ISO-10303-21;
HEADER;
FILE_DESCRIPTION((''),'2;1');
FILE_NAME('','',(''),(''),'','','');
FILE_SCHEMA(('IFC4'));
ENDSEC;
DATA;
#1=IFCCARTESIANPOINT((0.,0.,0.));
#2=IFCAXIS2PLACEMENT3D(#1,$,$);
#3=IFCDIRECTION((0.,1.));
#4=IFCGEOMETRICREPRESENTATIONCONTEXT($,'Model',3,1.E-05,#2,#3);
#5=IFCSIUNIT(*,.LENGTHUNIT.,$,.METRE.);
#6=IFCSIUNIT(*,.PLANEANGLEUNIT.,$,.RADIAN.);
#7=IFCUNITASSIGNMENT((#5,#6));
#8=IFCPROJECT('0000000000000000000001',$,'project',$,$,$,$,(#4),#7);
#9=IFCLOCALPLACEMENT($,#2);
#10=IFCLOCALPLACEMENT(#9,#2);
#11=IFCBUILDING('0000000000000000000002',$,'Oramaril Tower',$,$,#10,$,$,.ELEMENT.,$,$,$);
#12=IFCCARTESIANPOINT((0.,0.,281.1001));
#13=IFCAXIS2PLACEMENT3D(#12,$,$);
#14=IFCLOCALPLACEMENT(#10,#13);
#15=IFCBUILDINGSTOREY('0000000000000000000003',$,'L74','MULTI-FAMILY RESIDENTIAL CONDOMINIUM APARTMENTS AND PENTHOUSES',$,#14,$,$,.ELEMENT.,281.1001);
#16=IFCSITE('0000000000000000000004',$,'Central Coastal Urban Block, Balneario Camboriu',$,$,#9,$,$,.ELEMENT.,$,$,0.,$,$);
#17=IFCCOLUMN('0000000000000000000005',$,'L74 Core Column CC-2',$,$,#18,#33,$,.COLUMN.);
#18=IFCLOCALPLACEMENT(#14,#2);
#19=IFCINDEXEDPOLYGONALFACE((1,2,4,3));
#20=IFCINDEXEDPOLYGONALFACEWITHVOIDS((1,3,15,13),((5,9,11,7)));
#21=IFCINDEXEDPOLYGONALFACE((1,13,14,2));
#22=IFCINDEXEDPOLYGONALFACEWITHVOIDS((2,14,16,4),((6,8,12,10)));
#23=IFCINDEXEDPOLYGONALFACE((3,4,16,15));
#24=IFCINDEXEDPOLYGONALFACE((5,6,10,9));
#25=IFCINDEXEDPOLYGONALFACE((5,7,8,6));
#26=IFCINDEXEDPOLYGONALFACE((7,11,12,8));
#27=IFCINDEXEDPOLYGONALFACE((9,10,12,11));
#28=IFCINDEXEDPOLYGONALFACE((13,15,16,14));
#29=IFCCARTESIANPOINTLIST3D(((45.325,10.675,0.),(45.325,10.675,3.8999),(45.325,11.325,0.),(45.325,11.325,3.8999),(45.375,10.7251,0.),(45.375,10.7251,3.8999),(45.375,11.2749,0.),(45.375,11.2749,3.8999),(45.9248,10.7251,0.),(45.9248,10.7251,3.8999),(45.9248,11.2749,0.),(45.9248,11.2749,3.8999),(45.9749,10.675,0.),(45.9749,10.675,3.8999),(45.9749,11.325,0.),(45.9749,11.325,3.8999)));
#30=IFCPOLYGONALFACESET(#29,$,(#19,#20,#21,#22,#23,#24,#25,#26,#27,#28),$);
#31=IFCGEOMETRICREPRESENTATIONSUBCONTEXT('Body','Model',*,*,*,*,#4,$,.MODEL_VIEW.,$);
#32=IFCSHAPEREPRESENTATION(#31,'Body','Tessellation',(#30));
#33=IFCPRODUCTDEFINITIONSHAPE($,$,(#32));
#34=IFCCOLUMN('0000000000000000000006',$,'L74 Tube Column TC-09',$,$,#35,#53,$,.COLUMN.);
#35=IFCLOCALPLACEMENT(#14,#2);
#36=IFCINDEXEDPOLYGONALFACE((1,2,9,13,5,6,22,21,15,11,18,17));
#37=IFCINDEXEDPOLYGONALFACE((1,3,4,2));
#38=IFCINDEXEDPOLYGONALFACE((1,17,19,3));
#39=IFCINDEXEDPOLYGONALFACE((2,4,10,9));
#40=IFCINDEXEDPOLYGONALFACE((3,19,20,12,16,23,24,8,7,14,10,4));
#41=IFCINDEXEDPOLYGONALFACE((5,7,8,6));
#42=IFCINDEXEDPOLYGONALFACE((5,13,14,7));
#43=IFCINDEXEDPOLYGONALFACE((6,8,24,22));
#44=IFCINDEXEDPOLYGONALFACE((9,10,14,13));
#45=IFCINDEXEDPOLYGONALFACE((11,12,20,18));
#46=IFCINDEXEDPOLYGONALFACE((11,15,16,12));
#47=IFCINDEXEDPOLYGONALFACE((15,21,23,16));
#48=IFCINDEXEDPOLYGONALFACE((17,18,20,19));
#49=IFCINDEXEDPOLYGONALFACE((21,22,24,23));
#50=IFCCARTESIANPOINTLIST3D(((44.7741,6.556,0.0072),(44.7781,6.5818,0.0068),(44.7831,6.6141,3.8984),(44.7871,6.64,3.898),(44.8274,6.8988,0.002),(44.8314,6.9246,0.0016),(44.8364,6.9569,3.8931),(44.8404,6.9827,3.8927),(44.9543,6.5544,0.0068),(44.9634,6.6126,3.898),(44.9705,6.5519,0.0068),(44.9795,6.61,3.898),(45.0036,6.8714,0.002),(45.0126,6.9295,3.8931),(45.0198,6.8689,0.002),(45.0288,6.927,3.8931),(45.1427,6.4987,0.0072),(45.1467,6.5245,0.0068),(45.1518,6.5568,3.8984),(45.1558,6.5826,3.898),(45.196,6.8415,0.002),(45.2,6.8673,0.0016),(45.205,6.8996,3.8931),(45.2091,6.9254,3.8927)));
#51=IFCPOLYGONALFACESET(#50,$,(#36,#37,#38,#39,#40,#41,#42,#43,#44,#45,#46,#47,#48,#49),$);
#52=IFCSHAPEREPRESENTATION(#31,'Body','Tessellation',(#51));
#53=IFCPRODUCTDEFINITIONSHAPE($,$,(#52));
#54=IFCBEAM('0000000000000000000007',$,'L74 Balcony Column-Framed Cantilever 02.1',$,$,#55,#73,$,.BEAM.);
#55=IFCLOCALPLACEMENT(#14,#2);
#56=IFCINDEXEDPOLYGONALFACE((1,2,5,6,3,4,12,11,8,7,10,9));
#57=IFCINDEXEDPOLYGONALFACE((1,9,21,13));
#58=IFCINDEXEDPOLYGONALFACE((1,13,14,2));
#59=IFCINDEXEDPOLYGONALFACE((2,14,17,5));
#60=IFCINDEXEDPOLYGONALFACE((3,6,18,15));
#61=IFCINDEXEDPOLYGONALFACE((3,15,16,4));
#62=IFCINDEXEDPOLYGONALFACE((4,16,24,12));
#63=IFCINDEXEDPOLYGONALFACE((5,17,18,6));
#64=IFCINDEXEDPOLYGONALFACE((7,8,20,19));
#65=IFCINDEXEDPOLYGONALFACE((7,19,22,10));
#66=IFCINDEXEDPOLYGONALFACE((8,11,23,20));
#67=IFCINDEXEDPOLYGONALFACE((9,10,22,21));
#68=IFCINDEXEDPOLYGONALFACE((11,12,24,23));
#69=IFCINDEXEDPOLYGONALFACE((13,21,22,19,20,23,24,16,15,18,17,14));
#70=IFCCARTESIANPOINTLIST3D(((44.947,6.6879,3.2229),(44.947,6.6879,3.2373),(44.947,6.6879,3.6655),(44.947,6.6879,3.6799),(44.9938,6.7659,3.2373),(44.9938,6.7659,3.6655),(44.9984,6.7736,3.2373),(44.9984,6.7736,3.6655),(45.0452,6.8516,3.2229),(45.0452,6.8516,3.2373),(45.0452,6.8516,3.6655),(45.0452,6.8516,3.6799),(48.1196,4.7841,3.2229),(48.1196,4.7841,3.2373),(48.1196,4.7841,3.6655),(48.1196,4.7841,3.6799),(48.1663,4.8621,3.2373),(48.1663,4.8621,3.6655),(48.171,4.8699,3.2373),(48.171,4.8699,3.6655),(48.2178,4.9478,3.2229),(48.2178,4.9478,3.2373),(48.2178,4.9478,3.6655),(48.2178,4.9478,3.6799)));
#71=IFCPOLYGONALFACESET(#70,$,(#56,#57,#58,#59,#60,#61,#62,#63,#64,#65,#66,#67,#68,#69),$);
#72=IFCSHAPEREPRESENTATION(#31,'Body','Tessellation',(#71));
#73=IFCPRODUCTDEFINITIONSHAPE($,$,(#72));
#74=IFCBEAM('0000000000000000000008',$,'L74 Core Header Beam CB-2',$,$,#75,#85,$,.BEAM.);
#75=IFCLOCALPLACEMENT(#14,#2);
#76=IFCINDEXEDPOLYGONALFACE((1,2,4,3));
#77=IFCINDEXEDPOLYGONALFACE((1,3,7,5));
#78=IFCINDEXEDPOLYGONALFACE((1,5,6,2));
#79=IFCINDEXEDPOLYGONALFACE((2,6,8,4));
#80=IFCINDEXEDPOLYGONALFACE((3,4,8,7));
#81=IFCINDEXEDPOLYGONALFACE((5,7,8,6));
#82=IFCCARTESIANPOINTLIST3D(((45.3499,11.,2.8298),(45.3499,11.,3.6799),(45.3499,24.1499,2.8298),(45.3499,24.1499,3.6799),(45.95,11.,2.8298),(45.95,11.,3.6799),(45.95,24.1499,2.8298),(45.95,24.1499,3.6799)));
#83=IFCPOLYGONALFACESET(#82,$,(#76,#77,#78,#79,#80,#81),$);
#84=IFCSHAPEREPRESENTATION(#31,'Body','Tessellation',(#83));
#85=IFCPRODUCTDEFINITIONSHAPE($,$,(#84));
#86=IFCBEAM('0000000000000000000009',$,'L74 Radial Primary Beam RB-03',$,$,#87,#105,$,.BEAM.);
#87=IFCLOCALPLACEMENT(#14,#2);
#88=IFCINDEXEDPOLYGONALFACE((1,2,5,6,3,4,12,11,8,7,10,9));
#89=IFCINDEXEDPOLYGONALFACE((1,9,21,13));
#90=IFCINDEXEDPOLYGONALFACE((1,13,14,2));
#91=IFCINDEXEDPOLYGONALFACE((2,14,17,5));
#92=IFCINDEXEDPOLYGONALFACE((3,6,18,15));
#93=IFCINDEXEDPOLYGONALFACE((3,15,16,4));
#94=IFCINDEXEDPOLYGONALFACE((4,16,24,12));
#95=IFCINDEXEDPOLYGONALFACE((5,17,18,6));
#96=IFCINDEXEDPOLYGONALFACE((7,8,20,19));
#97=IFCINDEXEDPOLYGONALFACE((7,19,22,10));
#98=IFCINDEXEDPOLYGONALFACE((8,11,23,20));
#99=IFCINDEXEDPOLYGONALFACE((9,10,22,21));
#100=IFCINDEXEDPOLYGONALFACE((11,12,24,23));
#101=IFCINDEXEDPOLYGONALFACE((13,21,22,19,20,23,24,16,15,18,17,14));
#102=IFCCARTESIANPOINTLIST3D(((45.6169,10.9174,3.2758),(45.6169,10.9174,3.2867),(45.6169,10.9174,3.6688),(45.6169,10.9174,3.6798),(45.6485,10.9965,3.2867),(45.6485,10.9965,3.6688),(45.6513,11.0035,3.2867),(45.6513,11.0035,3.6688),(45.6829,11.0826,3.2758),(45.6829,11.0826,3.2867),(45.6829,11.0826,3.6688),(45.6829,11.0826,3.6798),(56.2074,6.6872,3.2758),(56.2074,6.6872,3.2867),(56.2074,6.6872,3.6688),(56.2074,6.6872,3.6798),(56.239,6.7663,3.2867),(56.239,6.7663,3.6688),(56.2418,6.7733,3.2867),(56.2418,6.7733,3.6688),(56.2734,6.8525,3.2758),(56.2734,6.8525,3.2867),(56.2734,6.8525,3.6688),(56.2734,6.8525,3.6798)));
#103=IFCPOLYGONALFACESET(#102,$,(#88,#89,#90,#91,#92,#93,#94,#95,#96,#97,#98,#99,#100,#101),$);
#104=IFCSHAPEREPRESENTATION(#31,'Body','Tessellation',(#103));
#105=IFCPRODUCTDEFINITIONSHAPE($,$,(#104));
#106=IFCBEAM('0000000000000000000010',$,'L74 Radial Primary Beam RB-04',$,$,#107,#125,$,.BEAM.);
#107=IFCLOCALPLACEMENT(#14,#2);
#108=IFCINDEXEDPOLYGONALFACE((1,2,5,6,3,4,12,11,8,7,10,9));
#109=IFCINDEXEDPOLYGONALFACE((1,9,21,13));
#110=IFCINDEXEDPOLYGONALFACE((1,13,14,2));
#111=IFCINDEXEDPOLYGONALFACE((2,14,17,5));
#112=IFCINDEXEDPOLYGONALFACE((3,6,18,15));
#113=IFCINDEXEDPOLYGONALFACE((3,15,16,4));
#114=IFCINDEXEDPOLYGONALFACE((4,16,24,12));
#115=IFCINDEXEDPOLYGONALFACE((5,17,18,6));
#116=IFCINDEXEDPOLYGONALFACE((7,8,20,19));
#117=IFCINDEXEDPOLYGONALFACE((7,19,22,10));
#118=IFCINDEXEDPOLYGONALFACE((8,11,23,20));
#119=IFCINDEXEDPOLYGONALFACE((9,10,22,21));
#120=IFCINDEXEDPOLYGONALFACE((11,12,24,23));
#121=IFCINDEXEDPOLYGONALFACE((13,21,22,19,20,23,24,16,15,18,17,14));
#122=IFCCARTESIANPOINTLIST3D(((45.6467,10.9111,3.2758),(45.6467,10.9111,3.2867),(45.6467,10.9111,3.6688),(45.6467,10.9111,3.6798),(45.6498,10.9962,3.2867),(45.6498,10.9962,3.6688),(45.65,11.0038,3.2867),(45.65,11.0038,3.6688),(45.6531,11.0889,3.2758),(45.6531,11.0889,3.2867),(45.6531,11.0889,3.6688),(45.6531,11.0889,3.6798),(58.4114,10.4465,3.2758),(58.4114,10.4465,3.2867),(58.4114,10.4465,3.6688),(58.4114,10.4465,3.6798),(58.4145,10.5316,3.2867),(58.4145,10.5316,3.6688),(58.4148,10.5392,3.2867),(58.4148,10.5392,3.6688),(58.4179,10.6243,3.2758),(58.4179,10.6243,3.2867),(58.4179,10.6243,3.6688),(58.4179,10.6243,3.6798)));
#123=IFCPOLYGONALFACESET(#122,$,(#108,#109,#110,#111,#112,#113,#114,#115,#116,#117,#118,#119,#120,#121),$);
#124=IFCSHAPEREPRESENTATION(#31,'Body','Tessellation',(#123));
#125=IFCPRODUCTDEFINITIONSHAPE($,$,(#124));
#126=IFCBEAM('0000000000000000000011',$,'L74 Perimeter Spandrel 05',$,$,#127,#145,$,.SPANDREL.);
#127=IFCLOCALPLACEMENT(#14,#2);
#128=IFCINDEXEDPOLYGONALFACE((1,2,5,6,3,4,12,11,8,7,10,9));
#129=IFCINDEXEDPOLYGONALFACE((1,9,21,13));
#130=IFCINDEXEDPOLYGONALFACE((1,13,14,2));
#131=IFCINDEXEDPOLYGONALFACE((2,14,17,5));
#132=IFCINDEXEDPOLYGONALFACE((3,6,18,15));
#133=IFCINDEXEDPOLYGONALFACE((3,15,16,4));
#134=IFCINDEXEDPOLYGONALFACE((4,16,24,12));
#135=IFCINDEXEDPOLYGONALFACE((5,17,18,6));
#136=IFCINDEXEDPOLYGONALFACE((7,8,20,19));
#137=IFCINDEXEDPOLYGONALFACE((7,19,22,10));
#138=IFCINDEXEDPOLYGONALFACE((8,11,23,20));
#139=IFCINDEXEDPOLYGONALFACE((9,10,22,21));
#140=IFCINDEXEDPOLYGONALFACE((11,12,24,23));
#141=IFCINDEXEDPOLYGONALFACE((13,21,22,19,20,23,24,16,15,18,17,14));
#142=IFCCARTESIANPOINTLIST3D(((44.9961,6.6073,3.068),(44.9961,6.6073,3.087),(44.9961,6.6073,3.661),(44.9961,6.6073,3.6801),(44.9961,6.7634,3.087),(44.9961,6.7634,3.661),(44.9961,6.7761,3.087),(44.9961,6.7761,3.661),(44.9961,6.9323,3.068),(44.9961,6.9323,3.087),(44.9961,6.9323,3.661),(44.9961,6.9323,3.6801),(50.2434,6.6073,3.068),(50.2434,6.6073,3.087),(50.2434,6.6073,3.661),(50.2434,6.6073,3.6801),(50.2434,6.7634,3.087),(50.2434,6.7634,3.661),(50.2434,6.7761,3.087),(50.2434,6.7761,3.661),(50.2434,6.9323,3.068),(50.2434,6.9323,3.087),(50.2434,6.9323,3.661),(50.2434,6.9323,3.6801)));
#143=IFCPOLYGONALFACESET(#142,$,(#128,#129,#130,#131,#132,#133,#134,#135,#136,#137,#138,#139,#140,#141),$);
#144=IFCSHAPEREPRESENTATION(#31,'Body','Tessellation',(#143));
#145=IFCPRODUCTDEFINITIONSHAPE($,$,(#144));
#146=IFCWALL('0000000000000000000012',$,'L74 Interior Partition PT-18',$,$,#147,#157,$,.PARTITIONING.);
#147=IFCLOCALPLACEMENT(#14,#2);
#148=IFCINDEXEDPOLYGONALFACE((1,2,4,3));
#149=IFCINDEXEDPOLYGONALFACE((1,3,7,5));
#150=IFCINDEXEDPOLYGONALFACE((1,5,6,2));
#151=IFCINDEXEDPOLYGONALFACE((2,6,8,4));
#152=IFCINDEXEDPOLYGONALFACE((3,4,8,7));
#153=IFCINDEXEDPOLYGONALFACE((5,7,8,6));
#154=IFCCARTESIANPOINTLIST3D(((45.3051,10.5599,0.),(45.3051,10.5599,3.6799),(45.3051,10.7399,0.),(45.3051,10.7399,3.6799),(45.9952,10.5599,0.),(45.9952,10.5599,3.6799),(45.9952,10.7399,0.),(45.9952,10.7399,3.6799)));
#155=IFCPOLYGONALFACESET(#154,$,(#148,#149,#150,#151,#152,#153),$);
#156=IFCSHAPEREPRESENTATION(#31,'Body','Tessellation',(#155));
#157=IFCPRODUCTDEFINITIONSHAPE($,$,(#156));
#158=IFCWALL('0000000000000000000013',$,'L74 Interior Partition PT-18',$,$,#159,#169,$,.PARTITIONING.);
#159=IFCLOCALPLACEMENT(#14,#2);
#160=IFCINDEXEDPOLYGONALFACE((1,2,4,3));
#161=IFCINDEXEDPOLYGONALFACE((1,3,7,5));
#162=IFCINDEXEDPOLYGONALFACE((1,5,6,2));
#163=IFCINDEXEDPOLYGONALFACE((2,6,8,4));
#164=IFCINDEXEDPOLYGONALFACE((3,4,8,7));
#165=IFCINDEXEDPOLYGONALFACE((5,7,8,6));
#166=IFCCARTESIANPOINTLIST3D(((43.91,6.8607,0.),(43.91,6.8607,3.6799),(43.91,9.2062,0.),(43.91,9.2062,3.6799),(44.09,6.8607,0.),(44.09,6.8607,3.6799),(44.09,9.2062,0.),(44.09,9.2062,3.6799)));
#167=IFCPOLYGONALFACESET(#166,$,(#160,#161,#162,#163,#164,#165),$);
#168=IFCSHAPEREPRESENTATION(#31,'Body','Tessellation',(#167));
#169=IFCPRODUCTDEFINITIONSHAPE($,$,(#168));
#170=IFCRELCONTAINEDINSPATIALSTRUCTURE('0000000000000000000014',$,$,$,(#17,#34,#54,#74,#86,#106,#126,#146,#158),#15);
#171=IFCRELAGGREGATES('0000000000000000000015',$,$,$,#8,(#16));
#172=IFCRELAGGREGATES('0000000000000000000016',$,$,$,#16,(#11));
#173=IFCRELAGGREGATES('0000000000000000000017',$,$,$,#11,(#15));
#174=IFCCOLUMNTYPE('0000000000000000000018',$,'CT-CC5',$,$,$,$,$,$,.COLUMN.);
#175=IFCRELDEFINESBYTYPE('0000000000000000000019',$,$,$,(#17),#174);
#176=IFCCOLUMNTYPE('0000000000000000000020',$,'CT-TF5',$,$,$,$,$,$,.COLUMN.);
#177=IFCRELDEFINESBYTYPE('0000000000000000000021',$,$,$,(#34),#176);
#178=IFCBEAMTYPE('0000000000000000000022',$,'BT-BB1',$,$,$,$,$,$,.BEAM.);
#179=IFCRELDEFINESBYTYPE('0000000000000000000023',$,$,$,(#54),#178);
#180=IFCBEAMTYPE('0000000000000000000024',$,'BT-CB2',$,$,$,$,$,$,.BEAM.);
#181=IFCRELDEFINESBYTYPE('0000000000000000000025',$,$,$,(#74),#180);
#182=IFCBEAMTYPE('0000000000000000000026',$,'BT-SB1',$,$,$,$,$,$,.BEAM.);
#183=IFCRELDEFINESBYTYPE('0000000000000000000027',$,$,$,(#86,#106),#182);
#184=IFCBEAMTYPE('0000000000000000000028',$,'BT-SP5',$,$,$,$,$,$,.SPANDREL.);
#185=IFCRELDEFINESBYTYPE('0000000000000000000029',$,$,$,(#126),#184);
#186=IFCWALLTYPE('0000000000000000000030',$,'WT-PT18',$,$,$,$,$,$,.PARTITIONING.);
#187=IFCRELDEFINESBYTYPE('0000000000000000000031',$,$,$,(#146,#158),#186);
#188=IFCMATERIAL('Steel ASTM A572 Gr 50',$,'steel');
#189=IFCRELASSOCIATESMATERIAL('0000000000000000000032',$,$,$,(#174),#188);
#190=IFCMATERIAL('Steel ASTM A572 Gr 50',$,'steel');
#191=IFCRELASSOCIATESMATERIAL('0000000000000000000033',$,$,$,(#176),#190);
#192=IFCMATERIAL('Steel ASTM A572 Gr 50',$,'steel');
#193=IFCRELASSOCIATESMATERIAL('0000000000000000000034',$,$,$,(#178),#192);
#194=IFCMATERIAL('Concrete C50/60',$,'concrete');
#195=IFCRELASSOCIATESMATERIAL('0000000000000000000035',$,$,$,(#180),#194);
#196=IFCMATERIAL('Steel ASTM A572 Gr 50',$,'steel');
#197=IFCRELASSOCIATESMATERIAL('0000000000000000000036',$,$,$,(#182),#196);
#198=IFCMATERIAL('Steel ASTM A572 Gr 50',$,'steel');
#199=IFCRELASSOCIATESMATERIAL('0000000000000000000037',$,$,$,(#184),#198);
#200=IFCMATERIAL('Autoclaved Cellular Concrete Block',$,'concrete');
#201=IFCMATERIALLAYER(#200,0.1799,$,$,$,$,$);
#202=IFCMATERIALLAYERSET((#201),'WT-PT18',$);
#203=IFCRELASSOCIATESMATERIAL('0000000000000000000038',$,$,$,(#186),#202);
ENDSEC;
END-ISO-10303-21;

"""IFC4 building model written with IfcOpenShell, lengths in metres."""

from ifc_helpers import new_model, si_unit, direction, frame, frame_2d, origin, origin_2d, place, context, subcontext, project, spatial, rectangle, hollow_rectangle, i_section, extrude, material, layer, layer_set, material_profile, profile_set, type_object, element, save


model = new_model("IFC4")

# Units and contexts
model_context = context("Model", 3, precision=1e-05, world=origin(), true_north=direction((0.0, 1.0)))
body_context = subcontext(model_context, "Body", "Model", "MODEL_VIEW")
ifc_project = project(units=[si_unit("LENGTHUNIT", "METRE"), si_unit("PLANEANGLEUNIT", "RADIAN")], contexts=[model_context])

# Site, building, storey
site_placement = place(None, origin())
site = spatial("IfcSite", under=ifc_project, at=site_placement, Name="Central Coastal Urban Block, Balneario Camboriu", CompositionType="ELEMENT", RefElevation=0.0)
building_placement = place(site_placement, origin())
building = spatial("IfcBuilding", under=site, at=building_placement, Name="Oramaril Tower", CompositionType="ELEMENT")
storey_placement = place(building_placement, frame((0.0, 0.0, 281.1001)))
storey = spatial("IfcBuildingStorey", under=building, at=storey_placement, Name="L74", Description="MULTI-FAMILY RESIDENTIAL CONDOMINIUM APARTMENTS AND PENTHOUSES", CompositionType="ELEMENT", Elevation=281.1001)

# Columns
ifc_material_1 = material(Name="Steel ASTM A572 Gr 50", Category="steel")
ifc_material_profile_1 = material_profile(ifc_material_1, hollow_rectangle(XDim=0.6499, YDim=0.6499, WallThickness=0.05, at=origin_2d()), Name="BOX650X650X50")
ifc_profile_set_1 = profile_set([ifc_material_profile_1], Name="Steel ASTM A572 Gr 50")
column_type_1 = type_object("IfcColumnType", Name="CT-CC5", PredefinedType="COLUMN", material=ifc_profile_set_1)
column_1_placement = place(storey_placement, frame((45.6499, 11.0, 0.0), z_axis=(0.0, 0.0, 1.0), x_axis=(1.0, 0.0, 0.0)))
element("IfcColumn", 1, at=column_1_placement, inside=storey, type_object=column_type_1, Name="L74 Core Column CC-2", PredefinedType="COLUMN", context=body_context, shape_type="SweptSolid", body=[
    extrude(hollow_rectangle(XDim=0.6499, YDim=0.6499, WallThickness=0.05, at=origin_2d()), origin(), (0.0, 0.0, 1.0), 3.8999),
])
ifc_material_2 = material(Name="Steel ASTM A572 Gr 50", Category="steel")
ifc_material_profile_2 = material_profile(ifc_material_2, i_section(OverallWidth=0.373, OverallDepth=0.373, WebThickness=0.0164, FlangeThickness=0.0261, at=origin_2d()), Name="W14X132")
ifc_profile_set_2 = profile_set([ifc_material_profile_2], Name="Steel ASTM A572 Gr 50")
column_type_2 = type_object("IfcColumnType", Name="CT-TF5", PredefinedType="COLUMN", material=ifc_profile_set_2)
column_2_placement = place(storey_placement, frame((44.9871, 6.7117, 0.0044), z_axis=(0.002321, 0.014931, 0.999886), x_axis=(-0.98813, 0.153617, 0.0)))
element("IfcColumn", 2, at=column_2_placement, inside=storey, type_object=column_type_2, Name="L74 Tube Column TC-09", PredefinedType="COLUMN", context=body_context, shape_type="SweptSolid", body=[
    extrude(i_section(OverallWidth=0.373, OverallDepth=0.373, WebThickness=0.0164, FlangeThickness=0.0261, at=origin_2d()), origin(), (0.0, 0.0, 1.0), 3.8916),
])

# Beams
ifc_material_3 = material(Name="Steel ASTM A572 Gr 50", Category="steel")
ifc_material_profile_3 = material_profile(ifc_material_3, i_section(OverallWidth=0.1909, OverallDepth=0.457, WebThickness=0.009, FlangeThickness=0.0144, at=origin_2d()), Name="W18X50")
ifc_profile_set_3 = profile_set([ifc_material_profile_3], Name="Steel ASTM A572 Gr 50")
beam_type_1 = type_object("IfcBeamType", Name="BT-BB1", PredefinedType="BEAM", material=ifc_profile_set_3)
beam_1_placement = place(storey_placement, frame((44.9961, 6.7698, 3.4514), z_axis=(0.857464, -0.514544, 0.0), x_axis=(0.514544, 0.857464, 0.0)))
element("IfcBeam", 3, at=beam_1_placement, inside=storey, type_object=beam_type_1, Name="L74 Balcony Column-Framed Cantilever 02.1", PredefinedType="BEAM", context=body_context, shape_type="SweptSolid", body=[
    extrude(i_section(OverallWidth=0.1909, OverallDepth=0.457, WebThickness=0.009, FlangeThickness=0.0144, at=origin_2d()), origin(), (0.0, 0.0, 1.0), 3.7),
])
ifc_material_4 = material(Name="Concrete C50/60", Category="concrete")
ifc_material_profile_4 = material_profile(ifc_material_4, rectangle(XDim=0.6001, YDim=0.8501, at=origin_2d()), Name="CB600X850")
ifc_profile_set_4 = profile_set([ifc_material_profile_4], Name="Concrete C50/60")
beam_type_2 = type_object("IfcBeamType", Name="BT-CB2", PredefinedType="BEAM", material=ifc_profile_set_4)
beam_2_placement = place(storey_placement, frame((45.6499, 11.0, 3.2549), z_axis=(0.0, 1.0, 0.0), x_axis=(-1.0, 0.0, 0.0)))
element("IfcBeam", 4, at=beam_2_placement, inside=storey, type_object=beam_type_2, Name="L74 Core Header Beam CB-2", PredefinedType="BEAM", context=body_context, shape_type="SweptSolid", body=[
    extrude(rectangle(XDim=0.6001, YDim=0.8501, at=origin_2d()), origin(), (0.0, 0.0, 1.0), 13.1499),
])
ifc_material_5 = material(Name="Steel ASTM A572 Gr 50", Category="steel")
ifc_material_profile_5 = material_profile(ifc_material_5, i_section(OverallWidth=0.178, OverallDepth=0.4041, WebThickness=0.0076, FlangeThickness=0.011, at=origin_2d()), Name="W16X36")
ifc_profile_set_5 = profile_set([ifc_material_profile_5], Name="Steel ASTM A572 Gr 50")
beam_type_3 = type_object("IfcBeamType", Name="BT-SB1", PredefinedType="BEAM", material=ifc_profile_set_5)
beam_3_placement = place(storey_placement, frame((45.6499, 11.0, 3.4778), z_axis=(0.928658, -0.370937, 0.0), x_axis=(0.370937, 0.928658, 0.0)))
element("IfcBeam", 5, at=beam_3_placement, inside=storey, type_object=beam_type_3, Name="L74 Radial Primary Beam RB-03", PredefinedType="BEAM", context=body_context, shape_type="SweptSolid", body=[
    extrude(i_section(OverallWidth=0.178, OverallDepth=0.4041, WebThickness=0.0076, FlangeThickness=0.011, at=origin_2d()), origin(), (0.0, 0.0, 1.0), 11.4041),
])
beam_4_placement = place(storey_placement, frame((45.6499, 11.0, 3.4778), z_axis=(0.999338, -0.036373, 0.0), x_axis=(0.036373, 0.999338, 0.0)))
element("IfcBeam", 6, at=beam_4_placement, inside=storey, type_object=beam_type_3, Name="L74 Radial Primary Beam RB-04", PredefinedType="BEAM", context=body_context, shape_type="SweptSolid", body=[
    extrude(i_section(OverallWidth=0.178, OverallDepth=0.4041, WebThickness=0.0076, FlangeThickness=0.011, at=origin_2d()), origin(), (0.0, 0.0, 1.0), 12.7732),
])
ifc_material_6 = material(Name="Steel ASTM A572 Gr 50", Category="steel")
ifc_material_profile_6 = material_profile(ifc_material_6, i_section(OverallWidth=0.325, OverallDepth=0.6121, WebThickness=0.0127, FlangeThickness=0.019, at=origin_2d()), Name="W24X104")
ifc_profile_set_6 = profile_set([ifc_material_profile_6], Name="Steel ASTM A572 Gr 50")
beam_type_4 = type_object("IfcBeamType", Name="BT-SP5", PredefinedType="SPANDREL", material=ifc_profile_set_6)
beam_5_placement = place(storey_placement, frame((44.9961, 6.7698, 3.374), z_axis=(1.0, 0.0, 0.0), x_axis=(0.0, 1.0, 0.0)))
element("IfcBeam", 7, at=beam_5_placement, inside=storey, type_object=beam_type_4, Name="L74 Perimeter Spandrel 05", PredefinedType="SPANDREL", context=body_context, shape_type="SweptSolid", body=[
    extrude(i_section(OverallWidth=0.325, OverallDepth=0.6121, WebThickness=0.0127, FlangeThickness=0.019, at=origin_2d()), origin(), (0.0, 0.0, 1.0), 5.2473),
])

# Walls
ifc_material_7 = material(Name="Autoclaved Cellular Concrete Block", Category="concrete")
ifc_layer_1 = layer(ifc_material_7, 0.1799)
ifc_layer_set_1 = layer_set([ifc_layer_1], Name="WT-PT18")
wall_type_1 = type_object("IfcWallType", Name="WT-PT18", PredefinedType="PARTITIONING", material=ifc_layer_set_1)
wall_1_placement = place(storey_placement, frame((45.3049, 10.6499, 0.0), z_axis=(0.0, 0.0, 1.0), x_axis=(1.0, 0.0, 0.0)))
element("IfcWall", 8, at=wall_1_placement, inside=storey, type_object=wall_type_1, Name="L74 Interior Partition PT-18", PredefinedType="PARTITIONING", context=body_context, shape_type="SweptSolid", body=[
    extrude(rectangle(XDim=0.6902, YDim=0.1799, at=frame_2d((0.3452, 0.0))), origin(), (0.0, 0.0, 1.0), 3.6799),
])
wall_2_placement = place(storey_placement, frame((44.0, 6.8606, 0.0), z_axis=(0.0, 0.0, 1.0), x_axis=(0.0, 1.0, 0.0)))
element("IfcWall", 9, at=wall_2_placement, inside=storey, type_object=wall_type_1, Name="L74 Interior Partition PT-18", PredefinedType="PARTITIONING", context=body_context, shape_type="SweptSolid", body=[
    extrude(rectangle(XDim=2.3455, YDim=0.1799, at=frame_2d((1.1729, 0.0))), origin(), (0.0, 0.0, 1.0), 3.6799),
])

save(model, "model.ifc")
